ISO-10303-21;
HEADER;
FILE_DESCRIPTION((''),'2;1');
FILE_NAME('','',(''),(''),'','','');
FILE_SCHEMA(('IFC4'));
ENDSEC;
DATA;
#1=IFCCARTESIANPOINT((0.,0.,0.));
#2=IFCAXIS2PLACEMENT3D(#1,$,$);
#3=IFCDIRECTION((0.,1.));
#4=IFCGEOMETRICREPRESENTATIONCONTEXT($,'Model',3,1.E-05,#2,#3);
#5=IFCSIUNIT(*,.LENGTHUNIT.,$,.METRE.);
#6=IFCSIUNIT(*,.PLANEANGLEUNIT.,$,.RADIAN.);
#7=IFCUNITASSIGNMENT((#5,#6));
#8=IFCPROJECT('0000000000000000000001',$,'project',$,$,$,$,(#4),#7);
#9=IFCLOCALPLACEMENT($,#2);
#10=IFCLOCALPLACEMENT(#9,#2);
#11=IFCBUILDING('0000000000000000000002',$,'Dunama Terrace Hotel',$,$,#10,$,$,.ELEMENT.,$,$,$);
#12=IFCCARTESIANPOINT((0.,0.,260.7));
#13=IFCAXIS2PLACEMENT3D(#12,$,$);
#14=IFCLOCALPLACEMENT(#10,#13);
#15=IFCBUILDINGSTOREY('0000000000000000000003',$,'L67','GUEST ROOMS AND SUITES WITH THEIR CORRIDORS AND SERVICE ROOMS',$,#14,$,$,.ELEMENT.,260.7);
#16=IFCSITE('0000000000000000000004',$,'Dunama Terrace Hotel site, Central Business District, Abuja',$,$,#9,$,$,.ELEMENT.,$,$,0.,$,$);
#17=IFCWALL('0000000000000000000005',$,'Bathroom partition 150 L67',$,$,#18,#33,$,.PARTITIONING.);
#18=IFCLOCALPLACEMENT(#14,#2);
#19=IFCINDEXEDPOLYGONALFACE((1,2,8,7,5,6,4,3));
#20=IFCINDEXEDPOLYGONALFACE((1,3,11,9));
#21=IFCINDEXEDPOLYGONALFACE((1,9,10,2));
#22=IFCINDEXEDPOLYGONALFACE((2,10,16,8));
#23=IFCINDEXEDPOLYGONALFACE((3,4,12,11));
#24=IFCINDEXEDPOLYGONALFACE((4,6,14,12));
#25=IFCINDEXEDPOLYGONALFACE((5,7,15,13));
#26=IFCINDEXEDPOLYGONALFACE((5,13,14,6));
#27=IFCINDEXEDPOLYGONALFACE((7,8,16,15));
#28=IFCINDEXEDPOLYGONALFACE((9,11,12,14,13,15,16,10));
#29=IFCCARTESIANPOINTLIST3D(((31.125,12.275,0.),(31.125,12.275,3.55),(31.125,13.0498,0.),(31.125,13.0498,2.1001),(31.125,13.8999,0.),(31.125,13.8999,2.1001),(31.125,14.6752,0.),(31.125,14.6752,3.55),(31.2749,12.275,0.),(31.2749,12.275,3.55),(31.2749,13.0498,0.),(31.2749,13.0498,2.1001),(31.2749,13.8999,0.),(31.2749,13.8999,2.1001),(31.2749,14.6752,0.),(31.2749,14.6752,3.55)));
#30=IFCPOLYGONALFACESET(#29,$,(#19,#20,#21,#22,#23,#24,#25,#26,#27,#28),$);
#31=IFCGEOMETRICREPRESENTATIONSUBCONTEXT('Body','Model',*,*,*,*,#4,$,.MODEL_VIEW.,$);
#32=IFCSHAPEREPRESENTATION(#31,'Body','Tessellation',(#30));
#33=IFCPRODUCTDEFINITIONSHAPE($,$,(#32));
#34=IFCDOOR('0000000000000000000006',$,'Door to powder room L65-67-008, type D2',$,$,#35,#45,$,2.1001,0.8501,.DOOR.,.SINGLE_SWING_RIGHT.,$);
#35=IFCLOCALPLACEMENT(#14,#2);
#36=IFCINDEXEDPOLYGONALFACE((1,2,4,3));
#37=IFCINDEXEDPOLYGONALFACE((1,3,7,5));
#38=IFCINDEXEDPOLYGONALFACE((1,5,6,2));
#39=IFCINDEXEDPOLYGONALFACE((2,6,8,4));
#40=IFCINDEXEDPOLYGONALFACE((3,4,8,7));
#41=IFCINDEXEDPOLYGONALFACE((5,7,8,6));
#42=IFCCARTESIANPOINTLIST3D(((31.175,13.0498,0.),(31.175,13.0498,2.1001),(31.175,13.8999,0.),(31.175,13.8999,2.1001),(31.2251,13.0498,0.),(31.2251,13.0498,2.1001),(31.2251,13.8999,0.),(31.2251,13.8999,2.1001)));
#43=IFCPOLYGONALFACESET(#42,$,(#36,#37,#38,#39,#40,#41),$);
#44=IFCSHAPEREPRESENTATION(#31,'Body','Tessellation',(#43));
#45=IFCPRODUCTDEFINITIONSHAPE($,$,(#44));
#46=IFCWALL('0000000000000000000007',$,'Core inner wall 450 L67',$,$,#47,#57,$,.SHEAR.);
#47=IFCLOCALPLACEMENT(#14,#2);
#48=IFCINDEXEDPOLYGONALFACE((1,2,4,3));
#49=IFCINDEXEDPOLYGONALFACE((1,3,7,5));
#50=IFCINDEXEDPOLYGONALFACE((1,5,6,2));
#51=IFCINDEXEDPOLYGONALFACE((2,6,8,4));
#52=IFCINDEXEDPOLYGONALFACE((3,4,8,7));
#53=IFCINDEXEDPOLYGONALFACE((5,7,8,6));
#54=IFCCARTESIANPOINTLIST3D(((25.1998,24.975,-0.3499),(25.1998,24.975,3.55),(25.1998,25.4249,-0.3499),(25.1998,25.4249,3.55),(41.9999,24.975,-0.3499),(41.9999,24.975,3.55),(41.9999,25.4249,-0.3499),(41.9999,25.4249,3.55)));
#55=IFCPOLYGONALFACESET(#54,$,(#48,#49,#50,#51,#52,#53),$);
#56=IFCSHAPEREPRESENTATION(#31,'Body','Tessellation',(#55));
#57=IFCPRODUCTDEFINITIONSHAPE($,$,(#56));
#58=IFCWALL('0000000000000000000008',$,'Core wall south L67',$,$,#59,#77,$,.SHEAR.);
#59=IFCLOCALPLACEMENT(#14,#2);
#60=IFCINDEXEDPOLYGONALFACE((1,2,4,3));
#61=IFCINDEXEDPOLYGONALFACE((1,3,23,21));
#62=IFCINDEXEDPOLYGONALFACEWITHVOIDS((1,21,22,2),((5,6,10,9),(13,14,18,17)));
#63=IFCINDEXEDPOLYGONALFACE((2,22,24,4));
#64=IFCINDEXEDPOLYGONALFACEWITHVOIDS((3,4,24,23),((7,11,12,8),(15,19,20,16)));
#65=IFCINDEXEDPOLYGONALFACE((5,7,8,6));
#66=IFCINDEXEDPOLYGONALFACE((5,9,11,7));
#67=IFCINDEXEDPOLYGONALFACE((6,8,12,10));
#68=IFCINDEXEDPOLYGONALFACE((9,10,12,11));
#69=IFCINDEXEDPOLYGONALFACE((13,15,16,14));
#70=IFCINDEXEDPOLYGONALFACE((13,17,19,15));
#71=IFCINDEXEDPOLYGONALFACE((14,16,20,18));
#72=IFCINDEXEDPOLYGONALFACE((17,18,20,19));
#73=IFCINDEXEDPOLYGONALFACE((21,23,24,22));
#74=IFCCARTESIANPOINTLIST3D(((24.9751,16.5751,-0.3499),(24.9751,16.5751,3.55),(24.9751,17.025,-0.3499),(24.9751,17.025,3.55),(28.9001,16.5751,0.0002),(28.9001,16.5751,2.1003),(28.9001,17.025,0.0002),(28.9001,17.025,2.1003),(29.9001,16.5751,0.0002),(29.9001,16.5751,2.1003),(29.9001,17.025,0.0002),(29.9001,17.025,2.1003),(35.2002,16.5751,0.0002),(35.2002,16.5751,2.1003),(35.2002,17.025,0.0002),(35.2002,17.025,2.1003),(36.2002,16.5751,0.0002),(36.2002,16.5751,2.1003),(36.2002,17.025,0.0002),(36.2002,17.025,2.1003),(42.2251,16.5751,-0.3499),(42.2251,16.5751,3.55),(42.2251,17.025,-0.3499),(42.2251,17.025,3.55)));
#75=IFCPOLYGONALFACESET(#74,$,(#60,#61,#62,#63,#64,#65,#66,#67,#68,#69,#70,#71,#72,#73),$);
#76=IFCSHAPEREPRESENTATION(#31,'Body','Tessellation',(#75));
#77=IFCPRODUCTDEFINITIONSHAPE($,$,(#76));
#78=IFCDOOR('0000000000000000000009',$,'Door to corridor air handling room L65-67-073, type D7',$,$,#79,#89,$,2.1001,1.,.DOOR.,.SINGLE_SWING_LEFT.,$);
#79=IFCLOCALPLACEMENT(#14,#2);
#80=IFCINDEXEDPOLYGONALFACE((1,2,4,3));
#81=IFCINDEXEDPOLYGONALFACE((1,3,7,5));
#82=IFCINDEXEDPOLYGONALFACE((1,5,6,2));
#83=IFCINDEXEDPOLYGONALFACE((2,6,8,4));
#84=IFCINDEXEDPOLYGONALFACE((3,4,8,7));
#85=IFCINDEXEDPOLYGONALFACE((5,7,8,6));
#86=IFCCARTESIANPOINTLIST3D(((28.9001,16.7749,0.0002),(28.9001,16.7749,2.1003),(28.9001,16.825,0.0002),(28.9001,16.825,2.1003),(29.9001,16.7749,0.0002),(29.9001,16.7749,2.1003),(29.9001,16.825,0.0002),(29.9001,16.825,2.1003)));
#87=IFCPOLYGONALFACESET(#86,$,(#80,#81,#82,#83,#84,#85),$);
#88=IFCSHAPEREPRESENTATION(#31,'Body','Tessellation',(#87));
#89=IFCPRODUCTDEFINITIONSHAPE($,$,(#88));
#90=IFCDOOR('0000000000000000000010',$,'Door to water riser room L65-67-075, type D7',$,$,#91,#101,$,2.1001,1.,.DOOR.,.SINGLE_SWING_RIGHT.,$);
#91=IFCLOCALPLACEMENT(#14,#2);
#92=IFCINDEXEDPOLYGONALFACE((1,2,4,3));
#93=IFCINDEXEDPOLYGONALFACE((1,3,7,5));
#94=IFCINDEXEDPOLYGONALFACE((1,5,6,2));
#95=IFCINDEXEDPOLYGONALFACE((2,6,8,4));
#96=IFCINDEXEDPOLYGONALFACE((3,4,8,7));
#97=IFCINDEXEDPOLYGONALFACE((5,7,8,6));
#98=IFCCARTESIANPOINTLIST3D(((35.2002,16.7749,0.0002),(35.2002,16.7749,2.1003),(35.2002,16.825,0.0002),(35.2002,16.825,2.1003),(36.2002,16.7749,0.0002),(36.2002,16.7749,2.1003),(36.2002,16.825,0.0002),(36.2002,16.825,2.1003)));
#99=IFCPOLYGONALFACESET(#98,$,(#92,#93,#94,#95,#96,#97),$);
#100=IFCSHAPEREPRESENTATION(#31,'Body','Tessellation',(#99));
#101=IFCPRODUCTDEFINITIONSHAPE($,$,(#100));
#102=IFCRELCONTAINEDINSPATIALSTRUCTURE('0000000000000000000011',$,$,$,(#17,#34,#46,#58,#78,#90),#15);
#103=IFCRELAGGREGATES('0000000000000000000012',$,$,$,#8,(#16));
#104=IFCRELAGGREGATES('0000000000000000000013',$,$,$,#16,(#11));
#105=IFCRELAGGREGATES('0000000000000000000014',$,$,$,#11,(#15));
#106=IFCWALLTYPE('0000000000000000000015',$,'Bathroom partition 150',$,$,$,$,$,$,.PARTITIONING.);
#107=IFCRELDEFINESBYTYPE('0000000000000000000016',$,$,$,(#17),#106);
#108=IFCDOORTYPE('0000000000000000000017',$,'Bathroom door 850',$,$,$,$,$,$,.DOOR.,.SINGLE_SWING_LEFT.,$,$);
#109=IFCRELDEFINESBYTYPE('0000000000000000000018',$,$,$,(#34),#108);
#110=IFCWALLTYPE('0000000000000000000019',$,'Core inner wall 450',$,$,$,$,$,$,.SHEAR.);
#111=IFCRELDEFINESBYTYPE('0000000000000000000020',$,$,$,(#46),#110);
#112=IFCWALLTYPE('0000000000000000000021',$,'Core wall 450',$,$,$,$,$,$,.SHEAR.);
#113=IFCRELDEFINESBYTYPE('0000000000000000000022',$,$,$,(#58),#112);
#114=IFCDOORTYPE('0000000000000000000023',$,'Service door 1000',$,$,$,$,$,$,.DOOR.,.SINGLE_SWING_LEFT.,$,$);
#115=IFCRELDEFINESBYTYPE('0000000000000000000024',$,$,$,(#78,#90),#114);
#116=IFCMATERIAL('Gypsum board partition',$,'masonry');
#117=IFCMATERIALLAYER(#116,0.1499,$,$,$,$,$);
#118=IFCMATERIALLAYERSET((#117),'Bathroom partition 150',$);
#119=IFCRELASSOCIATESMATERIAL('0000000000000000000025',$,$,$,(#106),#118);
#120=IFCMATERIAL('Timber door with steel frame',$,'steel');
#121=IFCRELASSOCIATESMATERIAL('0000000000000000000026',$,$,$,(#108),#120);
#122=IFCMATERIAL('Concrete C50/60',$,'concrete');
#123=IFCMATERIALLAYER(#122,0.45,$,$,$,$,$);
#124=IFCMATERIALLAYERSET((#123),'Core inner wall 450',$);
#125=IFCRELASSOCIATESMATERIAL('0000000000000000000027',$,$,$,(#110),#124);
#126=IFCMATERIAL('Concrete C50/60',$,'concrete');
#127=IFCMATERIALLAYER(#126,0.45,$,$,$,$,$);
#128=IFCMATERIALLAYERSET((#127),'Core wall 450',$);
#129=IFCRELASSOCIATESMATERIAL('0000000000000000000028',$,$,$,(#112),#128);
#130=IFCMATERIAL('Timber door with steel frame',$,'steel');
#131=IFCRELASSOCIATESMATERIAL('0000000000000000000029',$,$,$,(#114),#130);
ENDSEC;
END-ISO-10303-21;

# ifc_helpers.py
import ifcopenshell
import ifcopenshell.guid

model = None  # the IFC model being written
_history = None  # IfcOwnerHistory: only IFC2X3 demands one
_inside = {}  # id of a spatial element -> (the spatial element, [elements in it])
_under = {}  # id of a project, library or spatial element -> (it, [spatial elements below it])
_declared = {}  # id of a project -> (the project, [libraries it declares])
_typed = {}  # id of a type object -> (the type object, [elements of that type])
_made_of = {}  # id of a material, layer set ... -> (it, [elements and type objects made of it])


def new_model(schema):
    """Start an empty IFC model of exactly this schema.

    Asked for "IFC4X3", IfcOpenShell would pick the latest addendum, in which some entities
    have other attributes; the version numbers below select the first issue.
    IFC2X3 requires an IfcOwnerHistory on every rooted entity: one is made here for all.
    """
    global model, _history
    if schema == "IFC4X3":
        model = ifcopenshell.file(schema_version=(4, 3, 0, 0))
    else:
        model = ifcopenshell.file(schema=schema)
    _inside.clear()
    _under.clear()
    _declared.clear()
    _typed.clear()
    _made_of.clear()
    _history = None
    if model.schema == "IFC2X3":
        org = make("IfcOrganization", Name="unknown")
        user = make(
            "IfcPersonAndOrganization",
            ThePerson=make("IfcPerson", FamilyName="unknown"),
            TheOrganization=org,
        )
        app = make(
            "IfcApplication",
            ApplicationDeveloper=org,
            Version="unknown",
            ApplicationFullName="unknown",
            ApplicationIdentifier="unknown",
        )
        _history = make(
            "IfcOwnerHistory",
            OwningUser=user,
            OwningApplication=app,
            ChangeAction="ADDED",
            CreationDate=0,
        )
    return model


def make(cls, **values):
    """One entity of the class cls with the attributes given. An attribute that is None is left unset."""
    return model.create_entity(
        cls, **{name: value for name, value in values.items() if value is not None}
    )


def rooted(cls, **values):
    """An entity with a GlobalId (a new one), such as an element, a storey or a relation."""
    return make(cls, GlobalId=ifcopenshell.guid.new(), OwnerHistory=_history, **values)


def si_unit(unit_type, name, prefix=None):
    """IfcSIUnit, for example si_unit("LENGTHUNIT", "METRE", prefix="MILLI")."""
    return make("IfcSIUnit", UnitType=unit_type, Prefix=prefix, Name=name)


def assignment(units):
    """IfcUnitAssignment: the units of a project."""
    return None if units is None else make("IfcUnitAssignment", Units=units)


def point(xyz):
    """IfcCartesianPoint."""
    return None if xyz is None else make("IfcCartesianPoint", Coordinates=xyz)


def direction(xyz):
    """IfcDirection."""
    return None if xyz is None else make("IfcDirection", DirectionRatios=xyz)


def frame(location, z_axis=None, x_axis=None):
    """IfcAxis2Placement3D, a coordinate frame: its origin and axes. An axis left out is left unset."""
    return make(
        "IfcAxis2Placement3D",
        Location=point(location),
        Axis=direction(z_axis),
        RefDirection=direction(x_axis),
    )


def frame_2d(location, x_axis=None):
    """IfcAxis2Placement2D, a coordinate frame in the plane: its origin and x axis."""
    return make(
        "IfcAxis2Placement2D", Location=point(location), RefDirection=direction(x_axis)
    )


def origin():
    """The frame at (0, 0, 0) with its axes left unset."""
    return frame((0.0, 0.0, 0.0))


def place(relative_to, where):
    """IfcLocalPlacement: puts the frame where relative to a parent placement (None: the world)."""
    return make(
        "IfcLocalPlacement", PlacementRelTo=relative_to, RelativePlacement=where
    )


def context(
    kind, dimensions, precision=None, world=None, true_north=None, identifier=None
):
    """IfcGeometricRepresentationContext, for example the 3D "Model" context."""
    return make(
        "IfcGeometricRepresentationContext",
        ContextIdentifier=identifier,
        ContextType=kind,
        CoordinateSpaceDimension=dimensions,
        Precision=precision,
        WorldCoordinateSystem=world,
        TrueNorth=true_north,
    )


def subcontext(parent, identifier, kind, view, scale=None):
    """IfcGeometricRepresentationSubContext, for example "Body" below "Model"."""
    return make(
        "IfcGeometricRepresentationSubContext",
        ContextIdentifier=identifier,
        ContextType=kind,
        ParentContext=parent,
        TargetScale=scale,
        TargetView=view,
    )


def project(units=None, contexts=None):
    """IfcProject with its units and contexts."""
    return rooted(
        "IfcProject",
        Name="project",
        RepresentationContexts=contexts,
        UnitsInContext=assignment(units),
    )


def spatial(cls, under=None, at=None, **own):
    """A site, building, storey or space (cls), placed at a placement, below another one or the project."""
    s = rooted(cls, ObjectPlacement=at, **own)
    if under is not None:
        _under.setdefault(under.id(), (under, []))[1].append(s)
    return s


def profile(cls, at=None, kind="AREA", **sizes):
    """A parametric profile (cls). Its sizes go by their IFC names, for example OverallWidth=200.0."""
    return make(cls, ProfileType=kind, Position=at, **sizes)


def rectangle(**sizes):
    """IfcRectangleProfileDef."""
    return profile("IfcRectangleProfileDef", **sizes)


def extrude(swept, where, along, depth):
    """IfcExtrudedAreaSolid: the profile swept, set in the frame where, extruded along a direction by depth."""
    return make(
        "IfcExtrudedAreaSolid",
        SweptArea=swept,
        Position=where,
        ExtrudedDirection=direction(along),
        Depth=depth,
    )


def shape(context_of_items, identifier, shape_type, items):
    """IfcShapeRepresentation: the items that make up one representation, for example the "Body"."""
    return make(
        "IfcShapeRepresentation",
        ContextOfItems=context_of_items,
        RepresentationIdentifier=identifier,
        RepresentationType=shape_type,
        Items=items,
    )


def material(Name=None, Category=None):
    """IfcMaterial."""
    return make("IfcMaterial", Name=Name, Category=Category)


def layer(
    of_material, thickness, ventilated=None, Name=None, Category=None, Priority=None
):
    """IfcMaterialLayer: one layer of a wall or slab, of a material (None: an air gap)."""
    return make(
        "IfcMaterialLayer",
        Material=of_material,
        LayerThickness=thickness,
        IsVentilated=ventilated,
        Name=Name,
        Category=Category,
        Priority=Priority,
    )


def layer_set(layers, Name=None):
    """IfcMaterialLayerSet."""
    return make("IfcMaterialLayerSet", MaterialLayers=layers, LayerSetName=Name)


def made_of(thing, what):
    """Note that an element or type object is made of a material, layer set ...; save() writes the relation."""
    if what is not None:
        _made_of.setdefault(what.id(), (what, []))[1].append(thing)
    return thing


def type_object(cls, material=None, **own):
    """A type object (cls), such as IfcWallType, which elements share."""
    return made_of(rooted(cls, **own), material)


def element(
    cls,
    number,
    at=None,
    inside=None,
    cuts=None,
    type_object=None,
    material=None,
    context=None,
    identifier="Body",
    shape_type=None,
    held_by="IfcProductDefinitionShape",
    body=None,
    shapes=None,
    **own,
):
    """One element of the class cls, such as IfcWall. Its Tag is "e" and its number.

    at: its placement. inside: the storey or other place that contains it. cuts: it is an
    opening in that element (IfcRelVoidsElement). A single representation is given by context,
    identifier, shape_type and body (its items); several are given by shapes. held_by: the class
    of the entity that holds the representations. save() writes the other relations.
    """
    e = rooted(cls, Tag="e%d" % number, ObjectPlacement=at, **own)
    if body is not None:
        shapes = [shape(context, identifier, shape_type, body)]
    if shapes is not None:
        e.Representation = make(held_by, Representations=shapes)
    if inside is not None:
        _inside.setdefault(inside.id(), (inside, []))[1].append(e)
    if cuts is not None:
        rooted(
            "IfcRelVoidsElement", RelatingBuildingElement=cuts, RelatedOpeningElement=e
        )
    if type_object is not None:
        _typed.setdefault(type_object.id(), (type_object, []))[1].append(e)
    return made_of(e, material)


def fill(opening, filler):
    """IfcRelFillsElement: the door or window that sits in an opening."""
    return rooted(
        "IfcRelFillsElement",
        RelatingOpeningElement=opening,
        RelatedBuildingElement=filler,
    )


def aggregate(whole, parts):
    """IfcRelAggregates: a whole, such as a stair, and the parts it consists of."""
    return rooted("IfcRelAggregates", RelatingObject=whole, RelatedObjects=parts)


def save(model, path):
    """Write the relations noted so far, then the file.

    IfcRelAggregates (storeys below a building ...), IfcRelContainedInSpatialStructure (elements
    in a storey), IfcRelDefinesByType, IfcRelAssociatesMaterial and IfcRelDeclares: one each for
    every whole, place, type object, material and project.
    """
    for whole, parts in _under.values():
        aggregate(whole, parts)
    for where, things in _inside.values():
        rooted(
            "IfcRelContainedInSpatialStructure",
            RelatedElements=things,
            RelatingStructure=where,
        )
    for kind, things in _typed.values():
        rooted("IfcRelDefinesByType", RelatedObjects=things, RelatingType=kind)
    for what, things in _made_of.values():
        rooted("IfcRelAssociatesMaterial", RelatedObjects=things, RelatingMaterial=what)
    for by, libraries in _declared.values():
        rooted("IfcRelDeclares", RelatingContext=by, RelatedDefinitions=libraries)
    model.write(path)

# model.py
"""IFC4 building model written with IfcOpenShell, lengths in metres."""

from ifc_helpers import new_model, si_unit, direction, frame, frame_2d, origin, place, context, subcontext, project, spatial, rectangle, extrude, material, layer, layer_set, type_object, element, fill, save


model = new_model("IFC4")

# Units and contexts
model_context = context("Model", 3, precision=1e-05, world=origin(), true_north=direction((0.0, 1.0)))
body_context = subcontext(model_context, "Body", "Model", "MODEL_VIEW")
ifc_project = project(units=[si_unit("LENGTHUNIT", "METRE"), si_unit("PLANEANGLEUNIT", "RADIAN")], contexts=[model_context])

# Site, building, storey
site_placement = place(None, origin())
site = spatial("IfcSite", under=ifc_project, at=site_placement, Name="Dunama Terrace Hotel site, Central Business District, Abuja", CompositionType="ELEMENT", RefElevation=0.0)
building_placement = place(site_placement, origin())
building = spatial("IfcBuilding", under=site, at=building_placement, Name="Dunama Terrace Hotel", CompositionType="ELEMENT")
storey_placement = place(building_placement, frame((0.0, 0.0, 260.7)))
storey = spatial("IfcBuildingStorey", under=building, at=storey_placement, Name="L67", Description="GUEST ROOMS AND SUITES WITH THEIR CORRIDORS AND SERVICE ROOMS", CompositionType="ELEMENT", Elevation=260.7)

# Wall, opening, door
ifc_material_1 = material(Name="Gypsum board partition", Category="masonry")
ifc_layer_1 = layer(ifc_material_1, 0.1499)
ifc_layer_set_1 = layer_set([ifc_layer_1], Name="Bathroom partition 150")
wall_type_1 = type_object("IfcWallType", Name="Bathroom partition 150", PredefinedType="PARTITIONING", material=ifc_layer_set_1)
wall_1_placement = place(storey_placement, frame((31.2, 12.2749, 0.0), z_axis=(0.0, 0.0, 1.0), x_axis=(0.0, 1.0, 0.0)))
wall_1 = element("IfcWall", 1, at=wall_1_placement, inside=storey, type_object=wall_type_1, Name="Bathroom partition 150 L67", PredefinedType="PARTITIONING", context=body_context, shape_type="SweptSolid", body=[
    extrude(rectangle(XDim=2.4001, YDim=0.1499, at=frame_2d((1.2002, 0.0))), origin(), (0.0, 0.0, 1.0), 3.55),
])
opening_1_placement = place(wall_1_placement, frame((0.7749, 0.0, 0.0)))
opening_1 = element("IfcOpeningElement", 2, at=opening_1_placement, cuts=wall_1, PredefinedType="OPENING", context=body_context, shape_type="SweptSolid", body=[
    extrude(rectangle(XDim=0.8501, YDim=2.1001, at=frame_2d((0.425, 1.05))), frame((0.0, 0.085, 0.0), z_axis=(0.0, -1.0, 0.0), x_axis=(1.0, 0.0, 0.0)), (0.0, 0.0, 1.0), 0.1699),
])
ifc_material_2 = material(Name="Timber door with steel frame", Category="steel")
door_type_1 = type_object("IfcDoorType", Name="Bathroom door 850", OperationType="SINGLE_SWING_LEFT", PredefinedType="DOOR", material=ifc_material_2)
door_1_placement = place(opening_1_placement, origin())
door_1 = element("IfcDoor", 3, at=door_1_placement, inside=storey, type_object=door_type_1, Name="Door to powder room L65-67-008, type D2", OperationType="SINGLE_SWING_RIGHT", OverallHeight=2.1001, OverallWidth=0.8501, PredefinedType="DOOR", context=body_context, shape_type="SweptSolid", body=[
    extrude(rectangle(XDim=0.8501, YDim=2.1001, at=frame_2d((0.425, 1.05))), frame((0.0, 0.0249, 0.0), z_axis=(0.0, -1.0, 0.0), x_axis=(1.0, 0.0, 0.0)), (0.0, 0.0, 1.0), 0.05),
])
fill(opening_1, door_1)

# Wall
ifc_material_3 = material(Name="Concrete C50/60", Category="concrete")
ifc_layer_2 = layer(ifc_material_3, 0.45)
ifc_layer_set_2 = layer_set([ifc_layer_2], Name="Core inner wall 450")
wall_type_2 = type_object("IfcWallType", Name="Core inner wall 450", PredefinedType="SHEAR", material=ifc_layer_set_2)
wall_2_placement = place(storey_placement, frame((25.2, 25.2, -0.3499), z_axis=(0.0, 0.0, 1.0), x_axis=(1.0, 0.0, 0.0)))
element("IfcWall", 4, at=wall_2_placement, inside=storey, type_object=wall_type_2, Name="Core inner wall 450 L67", PredefinedType="SHEAR", context=body_context, shape_type="SweptSolid", body=[
    extrude(rectangle(XDim=16.8, YDim=0.45, at=frame_2d((8.3999, 0.0))), origin(), (0.0, 0.0, 1.0), 3.8999),
])

# Wall, openings, doors
ifc_material_4 = material(Name="Concrete C50/60", Category="concrete")
ifc_layer_3 = layer(ifc_material_4, 0.45)
ifc_layer_set_3 = layer_set([ifc_layer_3], Name="Core wall 450")
wall_type_3 = type_object("IfcWallType", Name="Core wall 450", PredefinedType="SHEAR", material=ifc_layer_set_3)
wall_3_placement = place(storey_placement, frame((24.9751, 16.8, -0.3499), z_axis=(0.0, 0.0, 1.0), x_axis=(1.0, 0.0, 0.0)))
wall_3 = element("IfcWall", 5, at=wall_3_placement, inside=storey, type_object=wall_type_3, Name="Core wall south L67", PredefinedType="SHEAR", context=body_context, shape_type="SweptSolid", body=[
    extrude(rectangle(XDim=17.25, YDim=0.45, at=frame_2d((8.625, 0.0))), origin(), (0.0, 0.0, 1.0), 3.8999),
])
opening_2_placement = place(wall_3_placement, frame((3.925, 0.0, 0.3501)))
opening_2 = element("IfcOpeningElement", 6, at=opening_2_placement, cuts=wall_3, PredefinedType="OPENING", context=body_context, shape_type="SweptSolid", body=[
    extrude(rectangle(XDim=1.0, YDim=2.1001, at=frame_2d((0.5, 1.05))), frame((0.0, 0.2349, 0.0), z_axis=(0.0, -1.0, 0.0), x_axis=(1.0, 0.0, 0.0)), (0.0, 0.0, 1.0), 0.47),
])
opening_3_placement = place(wall_3_placement, frame((10.2251, 0.0, 0.3501)))
opening_3 = element("IfcOpeningElement", 7, at=opening_3_placement, cuts=wall_3, PredefinedType="OPENING", context=body_context, shape_type="SweptSolid", body=[
    extrude(rectangle(XDim=1.0, YDim=2.1001, at=frame_2d((0.5, 1.05))), frame((0.0, 0.2349, 0.0), z_axis=(0.0, -1.0, 0.0), x_axis=(1.0, 0.0, 0.0)), (0.0, 0.0, 1.0), 0.47),
])
ifc_material_5 = material(Name="Timber door with steel frame", Category="steel")
door_type_2 = type_object("IfcDoorType", Name="Service door 1000", OperationType="SINGLE_SWING_LEFT", PredefinedType="DOOR", material=ifc_material_5)
door_2_placement = place(opening_2_placement, origin())
door_2 = element("IfcDoor", 8, at=door_2_placement, inside=storey, type_object=door_type_2, Name="Door to corridor air handling room L65-67-073, type D7", OperationType="SINGLE_SWING_LEFT", OverallHeight=2.1001, OverallWidth=1.0, PredefinedType="DOOR", context=body_context, shape_type="SweptSolid", body=[
    extrude(rectangle(XDim=1.0, YDim=2.1001, at=frame_2d((0.5, 1.05))), frame((0.0, 0.0249, 0.0), z_axis=(0.0, -1.0, 0.0), x_axis=(1.0, 0.0, 0.0)), (0.0, 0.0, 1.0), 0.05),
])
fill(opening_2, door_2)
door_3_placement = place(opening_3_placement, origin())
door_3 = element("IfcDoor", 9, at=door_3_placement, inside=storey, type_object=door_type_2, Name="Door to water riser room L65-67-075, type D7", OperationType="SINGLE_SWING_RIGHT", OverallHeight=2.1001, OverallWidth=1.0, PredefinedType="DOOR", context=body_context, shape_type="SweptSolid", body=[
    extrude(rectangle(XDim=1.0, YDim=2.1001, at=frame_2d((0.5, 1.05))), frame((0.0, 0.0249, 0.0), z_axis=(0.0, -1.0, 0.0), x_axis=(1.0, 0.0, 0.0)), (0.0, 0.0, 1.0), 0.05),
])
fill(opening_3, door_3)

save(model, "model.ifc")
